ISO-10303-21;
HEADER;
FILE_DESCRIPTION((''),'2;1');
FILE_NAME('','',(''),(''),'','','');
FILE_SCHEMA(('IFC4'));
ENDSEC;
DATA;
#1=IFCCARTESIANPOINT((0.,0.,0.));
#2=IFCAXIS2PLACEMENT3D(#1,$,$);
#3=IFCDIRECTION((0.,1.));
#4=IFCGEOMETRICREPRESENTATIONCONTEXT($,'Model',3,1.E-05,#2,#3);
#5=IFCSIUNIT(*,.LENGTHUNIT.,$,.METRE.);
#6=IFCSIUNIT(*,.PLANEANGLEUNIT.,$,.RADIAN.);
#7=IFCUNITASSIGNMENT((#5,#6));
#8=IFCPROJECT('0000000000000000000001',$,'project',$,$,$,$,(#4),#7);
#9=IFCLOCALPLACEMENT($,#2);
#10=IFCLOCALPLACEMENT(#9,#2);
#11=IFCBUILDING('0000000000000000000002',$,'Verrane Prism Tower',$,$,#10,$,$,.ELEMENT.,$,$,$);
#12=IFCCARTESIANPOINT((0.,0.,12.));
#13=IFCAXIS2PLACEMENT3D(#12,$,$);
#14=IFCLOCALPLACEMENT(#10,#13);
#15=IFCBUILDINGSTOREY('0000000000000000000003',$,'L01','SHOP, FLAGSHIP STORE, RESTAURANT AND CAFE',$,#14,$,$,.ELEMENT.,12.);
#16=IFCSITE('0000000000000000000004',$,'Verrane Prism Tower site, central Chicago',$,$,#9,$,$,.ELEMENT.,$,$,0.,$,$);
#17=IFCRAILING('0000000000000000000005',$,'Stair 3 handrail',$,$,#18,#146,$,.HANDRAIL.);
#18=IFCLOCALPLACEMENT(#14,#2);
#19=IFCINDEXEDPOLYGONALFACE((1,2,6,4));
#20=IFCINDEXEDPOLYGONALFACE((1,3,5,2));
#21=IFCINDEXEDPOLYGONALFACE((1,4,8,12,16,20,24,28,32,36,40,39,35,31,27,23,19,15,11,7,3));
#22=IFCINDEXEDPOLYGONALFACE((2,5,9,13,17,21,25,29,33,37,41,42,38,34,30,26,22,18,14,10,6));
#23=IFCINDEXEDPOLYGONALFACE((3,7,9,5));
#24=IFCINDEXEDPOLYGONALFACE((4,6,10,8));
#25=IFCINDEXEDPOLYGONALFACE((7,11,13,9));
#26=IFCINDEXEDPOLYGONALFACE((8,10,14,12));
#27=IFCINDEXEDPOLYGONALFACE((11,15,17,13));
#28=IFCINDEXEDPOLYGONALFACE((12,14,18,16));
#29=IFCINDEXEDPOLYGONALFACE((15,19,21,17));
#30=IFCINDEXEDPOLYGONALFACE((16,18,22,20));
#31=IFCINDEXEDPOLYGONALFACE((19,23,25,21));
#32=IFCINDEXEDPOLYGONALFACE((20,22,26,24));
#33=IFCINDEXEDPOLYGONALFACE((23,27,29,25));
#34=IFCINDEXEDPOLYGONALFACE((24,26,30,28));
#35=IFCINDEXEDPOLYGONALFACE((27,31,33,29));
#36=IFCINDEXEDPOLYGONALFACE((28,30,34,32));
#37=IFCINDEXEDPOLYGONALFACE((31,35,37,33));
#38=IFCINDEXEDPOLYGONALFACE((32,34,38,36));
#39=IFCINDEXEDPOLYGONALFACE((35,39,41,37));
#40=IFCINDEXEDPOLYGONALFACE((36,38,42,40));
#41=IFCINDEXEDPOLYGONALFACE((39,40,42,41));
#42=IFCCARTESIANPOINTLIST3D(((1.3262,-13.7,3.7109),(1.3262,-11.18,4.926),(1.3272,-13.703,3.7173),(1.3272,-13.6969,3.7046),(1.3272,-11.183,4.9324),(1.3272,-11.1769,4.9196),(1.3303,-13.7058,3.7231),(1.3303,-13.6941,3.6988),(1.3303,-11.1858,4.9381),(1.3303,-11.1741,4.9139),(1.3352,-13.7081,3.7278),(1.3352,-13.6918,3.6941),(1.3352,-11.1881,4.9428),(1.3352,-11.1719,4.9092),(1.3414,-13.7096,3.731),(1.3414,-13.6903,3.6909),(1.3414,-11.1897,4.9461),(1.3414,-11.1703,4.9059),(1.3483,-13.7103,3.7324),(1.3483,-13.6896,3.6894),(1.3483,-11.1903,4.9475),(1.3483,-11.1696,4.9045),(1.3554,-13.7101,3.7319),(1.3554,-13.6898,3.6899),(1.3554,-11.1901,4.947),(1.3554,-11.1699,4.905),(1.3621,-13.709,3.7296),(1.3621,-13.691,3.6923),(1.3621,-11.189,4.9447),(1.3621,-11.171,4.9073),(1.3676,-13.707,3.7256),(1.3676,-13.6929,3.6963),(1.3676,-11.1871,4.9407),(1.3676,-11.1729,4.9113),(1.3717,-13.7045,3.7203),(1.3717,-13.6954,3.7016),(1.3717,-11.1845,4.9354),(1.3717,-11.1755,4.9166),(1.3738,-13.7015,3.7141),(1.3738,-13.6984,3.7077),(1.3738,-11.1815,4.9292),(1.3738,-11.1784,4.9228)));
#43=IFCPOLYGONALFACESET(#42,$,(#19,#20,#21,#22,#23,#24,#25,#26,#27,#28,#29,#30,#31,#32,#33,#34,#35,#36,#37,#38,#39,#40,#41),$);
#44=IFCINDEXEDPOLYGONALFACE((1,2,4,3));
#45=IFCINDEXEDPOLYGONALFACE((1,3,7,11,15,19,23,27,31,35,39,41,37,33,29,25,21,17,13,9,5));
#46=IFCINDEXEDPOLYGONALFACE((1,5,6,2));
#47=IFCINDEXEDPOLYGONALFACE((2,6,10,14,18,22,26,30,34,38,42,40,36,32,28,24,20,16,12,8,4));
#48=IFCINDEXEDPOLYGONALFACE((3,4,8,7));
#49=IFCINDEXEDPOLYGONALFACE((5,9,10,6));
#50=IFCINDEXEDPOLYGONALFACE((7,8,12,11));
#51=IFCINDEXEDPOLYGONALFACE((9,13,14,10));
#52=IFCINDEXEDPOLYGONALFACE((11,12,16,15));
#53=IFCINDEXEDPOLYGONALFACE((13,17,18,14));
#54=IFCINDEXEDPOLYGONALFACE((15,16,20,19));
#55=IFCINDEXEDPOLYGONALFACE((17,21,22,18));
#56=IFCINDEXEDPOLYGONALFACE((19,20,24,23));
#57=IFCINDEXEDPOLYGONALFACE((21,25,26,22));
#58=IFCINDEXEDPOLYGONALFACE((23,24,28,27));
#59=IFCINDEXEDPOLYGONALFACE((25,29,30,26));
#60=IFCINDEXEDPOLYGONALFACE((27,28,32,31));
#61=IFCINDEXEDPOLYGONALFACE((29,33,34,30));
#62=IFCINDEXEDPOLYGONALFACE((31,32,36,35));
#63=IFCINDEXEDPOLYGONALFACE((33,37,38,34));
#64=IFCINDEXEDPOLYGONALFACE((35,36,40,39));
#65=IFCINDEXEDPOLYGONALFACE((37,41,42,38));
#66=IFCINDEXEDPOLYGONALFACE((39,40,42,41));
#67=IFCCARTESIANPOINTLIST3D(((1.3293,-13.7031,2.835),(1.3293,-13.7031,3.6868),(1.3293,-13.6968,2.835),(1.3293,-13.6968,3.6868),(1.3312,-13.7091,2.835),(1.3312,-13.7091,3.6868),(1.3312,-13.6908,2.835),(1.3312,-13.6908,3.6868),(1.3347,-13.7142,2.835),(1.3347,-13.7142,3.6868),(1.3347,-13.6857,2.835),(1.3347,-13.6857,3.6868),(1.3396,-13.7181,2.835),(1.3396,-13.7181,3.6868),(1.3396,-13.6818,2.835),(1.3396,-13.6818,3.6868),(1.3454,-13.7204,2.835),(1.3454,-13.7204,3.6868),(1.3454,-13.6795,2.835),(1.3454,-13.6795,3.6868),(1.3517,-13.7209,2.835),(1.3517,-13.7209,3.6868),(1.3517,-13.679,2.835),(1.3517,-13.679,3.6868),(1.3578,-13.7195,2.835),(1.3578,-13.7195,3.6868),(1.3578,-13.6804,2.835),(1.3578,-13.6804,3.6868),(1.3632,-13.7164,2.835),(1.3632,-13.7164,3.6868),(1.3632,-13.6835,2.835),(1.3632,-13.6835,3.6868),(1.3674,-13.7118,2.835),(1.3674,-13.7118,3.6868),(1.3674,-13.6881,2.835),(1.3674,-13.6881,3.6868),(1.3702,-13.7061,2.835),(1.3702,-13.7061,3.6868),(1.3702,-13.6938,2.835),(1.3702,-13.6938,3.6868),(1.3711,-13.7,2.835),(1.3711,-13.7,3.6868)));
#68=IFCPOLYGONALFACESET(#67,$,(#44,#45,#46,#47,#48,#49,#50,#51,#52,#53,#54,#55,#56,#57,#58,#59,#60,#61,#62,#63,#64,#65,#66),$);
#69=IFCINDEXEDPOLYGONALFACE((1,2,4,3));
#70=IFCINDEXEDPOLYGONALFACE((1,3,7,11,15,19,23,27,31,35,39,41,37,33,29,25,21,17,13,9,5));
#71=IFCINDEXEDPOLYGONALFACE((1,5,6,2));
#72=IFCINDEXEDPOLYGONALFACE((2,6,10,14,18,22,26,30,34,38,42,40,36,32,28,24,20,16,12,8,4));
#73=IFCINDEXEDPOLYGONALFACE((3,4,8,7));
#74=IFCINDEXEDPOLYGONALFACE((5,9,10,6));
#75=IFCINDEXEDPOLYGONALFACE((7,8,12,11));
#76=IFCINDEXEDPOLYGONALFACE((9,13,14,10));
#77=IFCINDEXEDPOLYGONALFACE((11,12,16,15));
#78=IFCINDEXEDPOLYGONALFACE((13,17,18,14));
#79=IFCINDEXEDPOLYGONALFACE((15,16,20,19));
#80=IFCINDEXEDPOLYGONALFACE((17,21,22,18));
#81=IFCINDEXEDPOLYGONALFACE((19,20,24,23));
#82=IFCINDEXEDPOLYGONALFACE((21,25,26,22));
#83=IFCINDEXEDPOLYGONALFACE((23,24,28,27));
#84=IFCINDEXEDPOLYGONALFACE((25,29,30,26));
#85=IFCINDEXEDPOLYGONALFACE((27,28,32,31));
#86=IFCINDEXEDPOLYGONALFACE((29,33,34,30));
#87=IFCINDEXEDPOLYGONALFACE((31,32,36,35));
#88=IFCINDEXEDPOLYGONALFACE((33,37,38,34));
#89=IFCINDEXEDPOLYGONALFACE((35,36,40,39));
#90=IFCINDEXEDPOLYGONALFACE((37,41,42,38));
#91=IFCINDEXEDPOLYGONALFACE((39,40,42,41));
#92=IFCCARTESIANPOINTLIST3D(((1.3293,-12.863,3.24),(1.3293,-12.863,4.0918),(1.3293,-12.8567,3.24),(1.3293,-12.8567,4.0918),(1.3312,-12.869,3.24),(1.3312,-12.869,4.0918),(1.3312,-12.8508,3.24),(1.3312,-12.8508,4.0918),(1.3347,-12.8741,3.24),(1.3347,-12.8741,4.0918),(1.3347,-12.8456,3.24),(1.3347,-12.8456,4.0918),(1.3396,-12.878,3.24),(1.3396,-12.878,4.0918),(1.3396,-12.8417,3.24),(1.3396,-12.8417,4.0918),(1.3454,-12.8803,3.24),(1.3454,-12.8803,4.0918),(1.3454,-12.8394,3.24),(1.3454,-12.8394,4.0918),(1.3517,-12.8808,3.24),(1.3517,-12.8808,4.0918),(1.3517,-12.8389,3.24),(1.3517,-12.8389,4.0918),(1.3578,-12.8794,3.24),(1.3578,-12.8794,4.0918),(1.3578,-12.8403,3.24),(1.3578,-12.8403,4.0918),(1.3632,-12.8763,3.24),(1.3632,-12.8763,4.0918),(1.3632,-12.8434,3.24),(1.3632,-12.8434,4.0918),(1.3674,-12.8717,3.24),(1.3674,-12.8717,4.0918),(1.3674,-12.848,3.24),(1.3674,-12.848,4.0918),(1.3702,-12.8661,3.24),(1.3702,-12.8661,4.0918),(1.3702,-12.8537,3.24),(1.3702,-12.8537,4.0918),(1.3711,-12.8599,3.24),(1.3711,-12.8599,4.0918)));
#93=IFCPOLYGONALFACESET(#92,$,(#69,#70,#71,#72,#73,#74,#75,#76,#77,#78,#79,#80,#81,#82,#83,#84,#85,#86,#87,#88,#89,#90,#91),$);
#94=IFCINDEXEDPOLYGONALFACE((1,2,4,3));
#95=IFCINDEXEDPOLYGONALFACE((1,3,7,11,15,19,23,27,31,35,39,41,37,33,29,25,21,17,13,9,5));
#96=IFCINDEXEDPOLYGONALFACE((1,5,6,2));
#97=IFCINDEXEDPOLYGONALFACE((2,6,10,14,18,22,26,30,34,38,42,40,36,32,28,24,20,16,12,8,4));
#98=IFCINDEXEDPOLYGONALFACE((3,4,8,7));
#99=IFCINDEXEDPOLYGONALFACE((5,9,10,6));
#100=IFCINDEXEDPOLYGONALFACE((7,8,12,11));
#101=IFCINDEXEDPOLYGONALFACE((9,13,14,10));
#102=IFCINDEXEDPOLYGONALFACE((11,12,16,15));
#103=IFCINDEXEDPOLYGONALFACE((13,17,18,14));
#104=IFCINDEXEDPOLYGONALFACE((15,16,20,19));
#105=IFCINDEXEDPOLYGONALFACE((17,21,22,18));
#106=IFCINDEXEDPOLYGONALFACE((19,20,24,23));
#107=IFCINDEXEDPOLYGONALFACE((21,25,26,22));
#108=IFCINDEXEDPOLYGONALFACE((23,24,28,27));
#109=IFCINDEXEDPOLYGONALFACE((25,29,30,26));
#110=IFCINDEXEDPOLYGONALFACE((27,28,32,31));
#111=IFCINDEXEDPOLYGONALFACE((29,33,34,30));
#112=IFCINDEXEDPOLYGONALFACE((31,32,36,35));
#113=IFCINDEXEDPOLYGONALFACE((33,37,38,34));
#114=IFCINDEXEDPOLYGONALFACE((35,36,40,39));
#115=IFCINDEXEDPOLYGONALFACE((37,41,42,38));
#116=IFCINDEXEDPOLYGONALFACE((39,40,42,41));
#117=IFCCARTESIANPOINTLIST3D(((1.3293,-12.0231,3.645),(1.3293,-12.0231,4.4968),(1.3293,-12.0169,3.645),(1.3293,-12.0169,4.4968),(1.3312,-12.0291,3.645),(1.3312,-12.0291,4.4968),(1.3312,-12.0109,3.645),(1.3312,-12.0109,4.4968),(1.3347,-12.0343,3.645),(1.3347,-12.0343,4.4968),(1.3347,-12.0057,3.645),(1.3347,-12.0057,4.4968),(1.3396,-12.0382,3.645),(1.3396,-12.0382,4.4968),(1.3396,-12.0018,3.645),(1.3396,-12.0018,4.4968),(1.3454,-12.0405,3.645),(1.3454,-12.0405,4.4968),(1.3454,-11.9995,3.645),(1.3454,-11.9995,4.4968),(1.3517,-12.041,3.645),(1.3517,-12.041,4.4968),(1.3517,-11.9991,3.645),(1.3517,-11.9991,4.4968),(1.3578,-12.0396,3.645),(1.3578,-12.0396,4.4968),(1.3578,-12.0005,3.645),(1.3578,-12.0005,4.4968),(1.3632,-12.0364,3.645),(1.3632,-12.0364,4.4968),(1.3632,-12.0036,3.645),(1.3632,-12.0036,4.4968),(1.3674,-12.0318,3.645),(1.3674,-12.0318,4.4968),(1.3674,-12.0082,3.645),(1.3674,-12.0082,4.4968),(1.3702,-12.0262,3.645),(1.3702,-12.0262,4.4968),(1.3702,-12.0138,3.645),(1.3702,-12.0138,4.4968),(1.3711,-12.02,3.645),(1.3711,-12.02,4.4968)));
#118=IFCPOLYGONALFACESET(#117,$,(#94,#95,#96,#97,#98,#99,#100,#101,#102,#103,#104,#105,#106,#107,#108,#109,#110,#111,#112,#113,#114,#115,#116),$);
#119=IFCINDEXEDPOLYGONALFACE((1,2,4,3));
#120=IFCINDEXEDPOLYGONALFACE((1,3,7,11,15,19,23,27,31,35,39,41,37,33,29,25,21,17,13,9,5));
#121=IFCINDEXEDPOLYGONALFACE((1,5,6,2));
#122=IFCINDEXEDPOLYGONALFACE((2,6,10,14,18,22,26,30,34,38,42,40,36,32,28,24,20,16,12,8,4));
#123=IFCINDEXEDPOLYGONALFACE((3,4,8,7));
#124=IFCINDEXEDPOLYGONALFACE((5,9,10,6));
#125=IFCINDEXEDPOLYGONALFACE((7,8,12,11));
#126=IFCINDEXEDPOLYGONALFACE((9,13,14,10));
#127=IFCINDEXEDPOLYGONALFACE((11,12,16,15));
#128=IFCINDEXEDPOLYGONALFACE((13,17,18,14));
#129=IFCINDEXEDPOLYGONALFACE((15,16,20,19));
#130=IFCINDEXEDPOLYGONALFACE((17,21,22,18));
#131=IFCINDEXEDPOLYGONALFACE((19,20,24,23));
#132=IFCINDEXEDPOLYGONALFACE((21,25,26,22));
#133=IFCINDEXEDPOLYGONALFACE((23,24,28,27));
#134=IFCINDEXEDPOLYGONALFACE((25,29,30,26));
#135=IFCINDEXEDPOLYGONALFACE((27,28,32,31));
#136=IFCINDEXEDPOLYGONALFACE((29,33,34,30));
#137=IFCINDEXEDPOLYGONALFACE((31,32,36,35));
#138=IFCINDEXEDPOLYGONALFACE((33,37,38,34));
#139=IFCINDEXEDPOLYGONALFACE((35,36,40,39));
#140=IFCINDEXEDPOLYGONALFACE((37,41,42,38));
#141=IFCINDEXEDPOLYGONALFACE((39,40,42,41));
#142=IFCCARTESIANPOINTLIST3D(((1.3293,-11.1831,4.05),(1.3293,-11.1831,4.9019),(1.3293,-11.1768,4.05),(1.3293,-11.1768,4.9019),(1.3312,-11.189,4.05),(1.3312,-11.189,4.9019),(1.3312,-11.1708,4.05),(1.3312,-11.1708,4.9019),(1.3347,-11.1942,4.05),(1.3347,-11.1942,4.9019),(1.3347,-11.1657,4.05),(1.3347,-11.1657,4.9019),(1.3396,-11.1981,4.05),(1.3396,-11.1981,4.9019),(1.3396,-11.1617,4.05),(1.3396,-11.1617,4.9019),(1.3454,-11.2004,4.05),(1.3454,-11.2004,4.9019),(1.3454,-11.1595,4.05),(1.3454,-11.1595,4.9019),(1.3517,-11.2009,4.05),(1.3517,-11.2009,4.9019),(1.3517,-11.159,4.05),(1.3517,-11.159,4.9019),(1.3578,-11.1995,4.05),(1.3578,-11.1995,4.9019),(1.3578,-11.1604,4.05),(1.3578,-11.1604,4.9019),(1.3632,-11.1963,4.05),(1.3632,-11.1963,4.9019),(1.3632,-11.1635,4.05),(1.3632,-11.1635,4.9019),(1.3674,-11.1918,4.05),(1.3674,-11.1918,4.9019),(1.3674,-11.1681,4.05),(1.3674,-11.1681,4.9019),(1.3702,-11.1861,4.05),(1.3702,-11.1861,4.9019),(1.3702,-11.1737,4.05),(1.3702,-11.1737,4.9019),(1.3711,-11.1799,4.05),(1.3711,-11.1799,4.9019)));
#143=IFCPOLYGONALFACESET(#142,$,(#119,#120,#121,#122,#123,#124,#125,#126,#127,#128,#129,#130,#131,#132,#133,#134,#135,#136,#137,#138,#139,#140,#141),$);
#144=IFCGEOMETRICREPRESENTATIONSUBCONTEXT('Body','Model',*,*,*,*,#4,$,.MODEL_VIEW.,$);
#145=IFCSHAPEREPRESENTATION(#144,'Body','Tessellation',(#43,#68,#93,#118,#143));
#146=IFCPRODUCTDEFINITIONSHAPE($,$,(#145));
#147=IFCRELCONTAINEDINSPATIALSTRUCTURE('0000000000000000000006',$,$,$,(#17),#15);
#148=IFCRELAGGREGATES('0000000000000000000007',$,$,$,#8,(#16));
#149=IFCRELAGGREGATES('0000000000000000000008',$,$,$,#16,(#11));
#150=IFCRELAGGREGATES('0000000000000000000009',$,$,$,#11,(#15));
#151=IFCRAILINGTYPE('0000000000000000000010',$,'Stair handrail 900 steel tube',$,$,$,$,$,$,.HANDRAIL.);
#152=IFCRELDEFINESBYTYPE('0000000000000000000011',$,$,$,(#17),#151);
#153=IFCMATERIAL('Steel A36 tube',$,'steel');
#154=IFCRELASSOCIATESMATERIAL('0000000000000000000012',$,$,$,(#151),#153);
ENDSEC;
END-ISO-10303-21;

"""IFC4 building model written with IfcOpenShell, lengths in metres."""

from ifc_helpers import new_model, si_unit, direction, frame, origin, origin_2d, place, context, subcontext, project, spatial, circle, extrude, material, type_object, element, save


model = new_model("IFC4")

# Units and contexts
model_context = context("Model", 3, precision=1e-05, world=origin(), true_north=direction((0.0, 1.0)))
body_context = subcontext(model_context, "Body", "Model", "MODEL_VIEW")
ifc_project = project(units=[si_unit("LENGTHUNIT", "METRE"), si_unit("PLANEANGLEUNIT", "RADIAN")], contexts=[model_context])

# Site, building, storey
site_placement = place(None, origin())
site = spatial("IfcSite", under=ifc_project, at=site_placement, Name="Verrane Prism Tower site, central Chicago", CompositionType="ELEMENT", RefElevation=0.0)
building_placement = place(site_placement, origin())
building = spatial("IfcBuilding", under=site, at=building_placement, Name="Verrane Prism Tower", CompositionType="ELEMENT")
storey_placement = place(building_placement, frame((0.0, 0.0, 12.0)))
storey = spatial("IfcBuildingStorey", under=building, at=storey_placement, Name="L01", Description="SHOP, FLAGSHIP STORE, RESTAURANT AND CAFE", CompositionType="ELEMENT", Elevation=12.0)

# Railing
ifc_material_1 = material(Name="Steel A36 tube", Category="steel")
railing_type_1 = type_object("IfcRailingType", Name="Stair handrail 900 steel tube", PredefinedType="HANDRAIL", material=ifc_material_1)
for number, where, name in (
    (1, (1.3501, -13.7, 2.835), "Stair 3 handrail"),
):
    element("IfcRailing", number, at=place(storey_placement, frame(where)), inside=storey, type_object=railing_type_1, Name=name, PredefinedType="HANDRAIL", context=body_context, shape_type="SweptSolid", body=[
        extrude(circle(Radius=0.0239, at=origin_2d()), frame((0.0, 0.0, 0.876), z_axis=(0.0, 0.900758, 0.434322), x_axis=(-1.0, 0.0, 0.0)), (0.0, 0.0, 1.0), 2.7976),
        extrude(circle(Radius=0.021, at=origin_2d()), origin(), (0.0, 0.0, 1.0), 0.8518),
        extrude(circle(Radius=0.021, at=origin_2d()), frame((0.0, 0.8401, 0.405)), (0.0, 0.0, 1.0), 0.8518),
        extrude(circle(Radius=0.021, at=origin_2d()), frame((0.0, 1.6799, 0.8101)), (0.0, 0.0, 1.0), 0.8518),
        extrude(circle(Radius=0.021, at=origin_2d()), frame((0.0, 2.52, 1.2151)), (0.0, 0.0, 1.0), 0.8518),
    ])

save(model, "model.ifc")
